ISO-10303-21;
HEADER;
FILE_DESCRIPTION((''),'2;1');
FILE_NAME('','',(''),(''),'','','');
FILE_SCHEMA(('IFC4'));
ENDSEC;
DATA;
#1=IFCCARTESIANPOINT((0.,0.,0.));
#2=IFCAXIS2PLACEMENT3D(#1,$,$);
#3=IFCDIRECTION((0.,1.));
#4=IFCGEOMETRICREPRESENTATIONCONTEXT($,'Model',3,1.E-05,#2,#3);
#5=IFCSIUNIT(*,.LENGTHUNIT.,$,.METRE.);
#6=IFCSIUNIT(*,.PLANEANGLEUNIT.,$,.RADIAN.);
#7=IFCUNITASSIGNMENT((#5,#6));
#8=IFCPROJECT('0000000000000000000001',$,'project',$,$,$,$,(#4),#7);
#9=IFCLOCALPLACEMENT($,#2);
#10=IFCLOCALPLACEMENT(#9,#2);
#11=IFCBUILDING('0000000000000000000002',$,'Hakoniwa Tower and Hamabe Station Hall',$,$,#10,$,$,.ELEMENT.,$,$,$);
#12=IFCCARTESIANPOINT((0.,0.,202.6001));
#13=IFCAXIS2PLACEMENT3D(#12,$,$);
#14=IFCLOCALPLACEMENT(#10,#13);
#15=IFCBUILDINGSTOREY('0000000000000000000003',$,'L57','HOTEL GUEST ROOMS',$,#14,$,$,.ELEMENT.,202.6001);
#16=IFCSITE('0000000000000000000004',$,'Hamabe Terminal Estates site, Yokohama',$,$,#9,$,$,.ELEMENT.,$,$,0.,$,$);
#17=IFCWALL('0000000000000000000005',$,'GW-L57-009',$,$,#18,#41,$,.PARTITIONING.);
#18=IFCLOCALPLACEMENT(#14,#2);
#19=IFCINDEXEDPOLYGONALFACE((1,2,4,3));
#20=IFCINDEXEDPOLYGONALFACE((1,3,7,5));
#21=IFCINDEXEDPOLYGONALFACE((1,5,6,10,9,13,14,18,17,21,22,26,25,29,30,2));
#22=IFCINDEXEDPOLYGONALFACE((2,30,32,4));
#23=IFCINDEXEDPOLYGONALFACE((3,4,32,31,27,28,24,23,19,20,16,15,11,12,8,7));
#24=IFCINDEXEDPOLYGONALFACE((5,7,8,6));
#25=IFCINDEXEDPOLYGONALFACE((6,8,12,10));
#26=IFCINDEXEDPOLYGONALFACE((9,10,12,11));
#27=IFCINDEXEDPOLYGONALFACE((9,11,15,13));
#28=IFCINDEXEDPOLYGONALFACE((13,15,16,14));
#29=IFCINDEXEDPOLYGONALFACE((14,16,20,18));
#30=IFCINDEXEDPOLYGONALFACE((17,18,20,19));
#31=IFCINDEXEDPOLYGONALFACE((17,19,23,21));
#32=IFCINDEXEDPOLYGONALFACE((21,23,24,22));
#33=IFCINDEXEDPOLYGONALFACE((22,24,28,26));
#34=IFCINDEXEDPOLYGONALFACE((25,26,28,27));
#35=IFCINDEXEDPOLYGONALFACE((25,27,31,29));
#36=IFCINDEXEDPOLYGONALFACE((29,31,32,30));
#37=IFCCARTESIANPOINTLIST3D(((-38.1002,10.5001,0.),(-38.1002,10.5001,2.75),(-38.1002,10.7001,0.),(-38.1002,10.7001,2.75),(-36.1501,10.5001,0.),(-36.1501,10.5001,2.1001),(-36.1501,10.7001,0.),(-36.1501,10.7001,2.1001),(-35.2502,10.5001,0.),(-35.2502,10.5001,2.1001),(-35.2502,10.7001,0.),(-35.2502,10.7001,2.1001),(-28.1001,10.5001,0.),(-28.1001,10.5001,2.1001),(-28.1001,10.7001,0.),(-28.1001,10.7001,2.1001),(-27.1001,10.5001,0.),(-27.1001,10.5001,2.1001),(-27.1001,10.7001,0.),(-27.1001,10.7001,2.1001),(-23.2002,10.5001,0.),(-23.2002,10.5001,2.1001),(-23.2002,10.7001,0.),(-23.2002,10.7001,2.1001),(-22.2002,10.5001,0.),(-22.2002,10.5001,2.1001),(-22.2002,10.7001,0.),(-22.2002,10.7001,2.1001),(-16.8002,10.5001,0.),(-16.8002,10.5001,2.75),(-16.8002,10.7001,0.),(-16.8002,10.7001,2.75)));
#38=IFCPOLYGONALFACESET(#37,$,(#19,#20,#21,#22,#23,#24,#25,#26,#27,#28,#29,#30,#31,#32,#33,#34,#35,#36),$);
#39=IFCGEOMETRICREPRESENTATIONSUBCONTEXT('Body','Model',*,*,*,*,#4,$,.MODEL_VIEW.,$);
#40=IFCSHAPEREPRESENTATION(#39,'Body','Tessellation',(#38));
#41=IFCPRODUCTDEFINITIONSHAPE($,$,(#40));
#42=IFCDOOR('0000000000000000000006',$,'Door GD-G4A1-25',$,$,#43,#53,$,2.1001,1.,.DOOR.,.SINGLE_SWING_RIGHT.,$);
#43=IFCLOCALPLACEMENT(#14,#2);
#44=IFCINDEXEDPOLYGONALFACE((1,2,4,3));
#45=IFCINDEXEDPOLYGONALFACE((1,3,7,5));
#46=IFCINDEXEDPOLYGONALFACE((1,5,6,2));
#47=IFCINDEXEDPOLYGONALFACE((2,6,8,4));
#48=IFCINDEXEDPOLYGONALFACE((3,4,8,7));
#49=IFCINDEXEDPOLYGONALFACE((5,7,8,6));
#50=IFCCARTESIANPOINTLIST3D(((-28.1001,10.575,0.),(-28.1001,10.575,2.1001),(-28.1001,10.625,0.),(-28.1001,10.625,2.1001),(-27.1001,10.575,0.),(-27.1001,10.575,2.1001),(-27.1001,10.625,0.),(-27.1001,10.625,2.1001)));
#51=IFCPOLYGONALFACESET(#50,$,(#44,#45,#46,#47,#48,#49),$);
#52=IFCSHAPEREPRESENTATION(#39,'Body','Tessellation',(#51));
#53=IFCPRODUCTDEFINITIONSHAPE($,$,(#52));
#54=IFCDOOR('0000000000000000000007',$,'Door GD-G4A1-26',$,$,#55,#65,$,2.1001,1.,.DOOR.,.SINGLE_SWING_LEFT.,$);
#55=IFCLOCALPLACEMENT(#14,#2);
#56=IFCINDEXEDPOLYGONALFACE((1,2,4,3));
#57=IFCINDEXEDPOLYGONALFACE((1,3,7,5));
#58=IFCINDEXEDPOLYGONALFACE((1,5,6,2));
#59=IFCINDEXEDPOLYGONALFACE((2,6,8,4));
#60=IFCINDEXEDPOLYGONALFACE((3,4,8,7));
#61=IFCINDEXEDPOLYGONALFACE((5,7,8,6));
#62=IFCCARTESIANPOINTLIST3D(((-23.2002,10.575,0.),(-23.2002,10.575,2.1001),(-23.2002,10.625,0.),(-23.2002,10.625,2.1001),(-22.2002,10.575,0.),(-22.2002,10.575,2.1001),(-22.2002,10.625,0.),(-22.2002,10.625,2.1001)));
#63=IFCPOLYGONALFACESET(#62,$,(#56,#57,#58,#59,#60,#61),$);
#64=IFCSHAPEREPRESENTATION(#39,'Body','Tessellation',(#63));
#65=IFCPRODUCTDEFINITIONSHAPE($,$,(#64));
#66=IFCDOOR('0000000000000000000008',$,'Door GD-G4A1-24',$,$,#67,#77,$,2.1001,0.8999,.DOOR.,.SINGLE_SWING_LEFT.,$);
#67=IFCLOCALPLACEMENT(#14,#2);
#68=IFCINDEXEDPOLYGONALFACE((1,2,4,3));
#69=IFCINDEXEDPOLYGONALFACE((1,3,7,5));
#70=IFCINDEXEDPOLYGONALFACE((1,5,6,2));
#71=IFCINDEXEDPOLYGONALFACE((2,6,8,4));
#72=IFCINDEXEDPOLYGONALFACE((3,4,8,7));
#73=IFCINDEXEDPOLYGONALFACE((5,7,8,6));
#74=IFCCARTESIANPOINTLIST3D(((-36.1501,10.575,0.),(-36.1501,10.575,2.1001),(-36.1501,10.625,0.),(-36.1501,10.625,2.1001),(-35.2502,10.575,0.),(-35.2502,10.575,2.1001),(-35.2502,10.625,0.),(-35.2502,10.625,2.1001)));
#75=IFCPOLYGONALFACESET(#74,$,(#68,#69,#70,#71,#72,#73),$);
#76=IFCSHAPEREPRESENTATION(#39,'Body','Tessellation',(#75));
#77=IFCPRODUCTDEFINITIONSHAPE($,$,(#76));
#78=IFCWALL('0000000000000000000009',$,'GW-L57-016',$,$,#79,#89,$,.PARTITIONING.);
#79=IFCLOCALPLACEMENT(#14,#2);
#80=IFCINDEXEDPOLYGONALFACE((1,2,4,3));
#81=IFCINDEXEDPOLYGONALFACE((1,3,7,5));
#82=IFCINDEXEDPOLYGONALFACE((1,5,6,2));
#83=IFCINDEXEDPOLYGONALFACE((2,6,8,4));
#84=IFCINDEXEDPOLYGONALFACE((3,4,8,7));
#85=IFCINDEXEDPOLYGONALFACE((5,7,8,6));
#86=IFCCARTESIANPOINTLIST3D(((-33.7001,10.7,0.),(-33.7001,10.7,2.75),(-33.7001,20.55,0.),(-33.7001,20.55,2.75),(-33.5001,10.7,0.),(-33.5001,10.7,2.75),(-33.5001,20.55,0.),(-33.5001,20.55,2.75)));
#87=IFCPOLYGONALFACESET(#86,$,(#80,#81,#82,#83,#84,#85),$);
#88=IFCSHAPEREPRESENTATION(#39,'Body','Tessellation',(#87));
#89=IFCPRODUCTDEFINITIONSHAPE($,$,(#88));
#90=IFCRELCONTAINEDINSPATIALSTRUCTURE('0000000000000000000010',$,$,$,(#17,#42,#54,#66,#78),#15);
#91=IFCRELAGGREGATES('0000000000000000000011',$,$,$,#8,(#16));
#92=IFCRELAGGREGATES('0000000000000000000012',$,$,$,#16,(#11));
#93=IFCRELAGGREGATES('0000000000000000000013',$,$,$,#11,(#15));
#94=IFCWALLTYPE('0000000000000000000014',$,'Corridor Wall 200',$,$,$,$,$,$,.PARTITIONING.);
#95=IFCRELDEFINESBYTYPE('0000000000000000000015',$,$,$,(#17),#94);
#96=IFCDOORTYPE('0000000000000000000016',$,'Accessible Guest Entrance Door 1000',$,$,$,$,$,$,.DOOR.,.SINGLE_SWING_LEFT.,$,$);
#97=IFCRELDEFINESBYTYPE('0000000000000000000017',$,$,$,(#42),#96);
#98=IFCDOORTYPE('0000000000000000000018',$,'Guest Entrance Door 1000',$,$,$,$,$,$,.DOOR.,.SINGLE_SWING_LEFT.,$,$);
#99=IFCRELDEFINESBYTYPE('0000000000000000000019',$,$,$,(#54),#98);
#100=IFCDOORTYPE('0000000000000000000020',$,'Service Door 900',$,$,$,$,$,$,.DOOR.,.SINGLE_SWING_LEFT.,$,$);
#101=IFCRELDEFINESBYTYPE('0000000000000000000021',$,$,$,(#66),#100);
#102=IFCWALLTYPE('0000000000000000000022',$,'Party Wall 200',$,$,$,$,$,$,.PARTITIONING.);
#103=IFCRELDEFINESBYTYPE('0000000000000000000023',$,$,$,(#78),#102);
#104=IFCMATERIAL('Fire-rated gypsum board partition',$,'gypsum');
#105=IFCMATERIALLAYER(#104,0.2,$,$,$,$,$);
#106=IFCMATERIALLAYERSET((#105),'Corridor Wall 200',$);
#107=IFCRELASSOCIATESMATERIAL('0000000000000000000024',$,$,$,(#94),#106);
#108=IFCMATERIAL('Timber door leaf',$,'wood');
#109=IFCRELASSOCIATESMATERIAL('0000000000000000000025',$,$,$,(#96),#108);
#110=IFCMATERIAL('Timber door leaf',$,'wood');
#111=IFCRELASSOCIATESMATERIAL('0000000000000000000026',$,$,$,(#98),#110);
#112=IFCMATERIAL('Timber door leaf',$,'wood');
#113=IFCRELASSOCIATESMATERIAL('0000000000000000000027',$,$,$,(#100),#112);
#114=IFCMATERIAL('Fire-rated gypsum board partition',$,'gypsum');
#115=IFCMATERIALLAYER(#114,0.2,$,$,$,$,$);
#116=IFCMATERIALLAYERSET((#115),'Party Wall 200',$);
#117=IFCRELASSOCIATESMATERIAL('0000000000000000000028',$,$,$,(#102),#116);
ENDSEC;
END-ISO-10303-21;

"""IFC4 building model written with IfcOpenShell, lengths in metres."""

from ifc_helpers import new_model, si_unit, direction, frame, frame_2d, origin, place, context, subcontext, project, spatial, rectangle, extrude, material, layer, layer_set, type_object, element, fill, save


model = new_model("IFC4")

# Units and contexts
model_context = context("Model", 3, precision=1e-05, world=origin(), true_north=direction((0.0, 1.0)))
body_context = subcontext(model_context, "Body", "Model", "MODEL_VIEW")
ifc_project = project(units=[si_unit("LENGTHUNIT", "METRE"), si_unit("PLANEANGLEUNIT", "RADIAN")], contexts=[model_context])

# Site, building, storey
site_placement = place(None, origin())
site = spatial("IfcSite", under=ifc_project, at=site_placement, Name="Hamabe Terminal Estates site, Yokohama", CompositionType="ELEMENT", RefElevation=0.0)
building_placement = place(site_placement, origin())
building = spatial("IfcBuilding", under=site, at=building_placement, Name="Hakoniwa Tower and Hamabe Station Hall", CompositionType="ELEMENT")
storey_placement = place(building_placement, frame((0.0, 0.0, 202.6001)))
storey = spatial("IfcBuildingStorey", under=building, at=storey_placement, Name="L57", Description="HOTEL GUEST ROOMS", CompositionType="ELEMENT", Elevation=202.6001)

# Wall, openings, doors
ifc_material_1 = material(Name="Fire-rated gypsum board partition", Category="gypsum")
ifc_layer_1 = layer(ifc_material_1, 0.2)
ifc_layer_set_1 = layer_set([ifc_layer_1], Name="Corridor Wall 200")
wall_type_1 = type_object("IfcWallType", Name="Corridor Wall 200", PredefinedType="PARTITIONING", material=ifc_layer_set_1)
wall_1_placement = place(storey_placement, frame((-38.1001, 10.6001, 0.0), z_axis=(0.0, 0.0, 1.0), x_axis=(1.0, 0.0, 0.0)))
wall_1 = element("IfcWall", 1, at=wall_1_placement, inside=storey, type_object=wall_type_1, Name="GW-L57-009", PredefinedType="PARTITIONING", context=body_context, shape_type="SweptSolid", body=[
    extrude(rectangle(XDim=21.3, YDim=0.2, at=frame_2d((10.6499, 0.0))), origin(), (0.0, 0.0, 1.0), 2.75),
])
opening_1_placement = place(wall_1_placement, frame((1.95, 0.0, 0.0)))
opening_1 = element("IfcOpeningElement", 2, at=opening_1_placement, cuts=wall_1, PredefinedType="OPENING", context=body_context, shape_type="SweptSolid", body=[
    extrude(rectangle(XDim=0.8999, YDim=2.1001, at=frame_2d((0.45, 1.05))), frame((0.0, 0.1099, 0.0), z_axis=(0.0, -1.0, 0.0), x_axis=(1.0, 0.0, 0.0)), (0.0, 0.0, 1.0), 0.22),
])
opening_2_placement = place(wall_1_placement, frame((10.0, 0.0, 0.0)))
opening_2 = element("IfcOpeningElement", 3, at=opening_2_placement, cuts=wall_1, PredefinedType="OPENING", context=body_context, shape_type="SweptSolid", body=[
    extrude(rectangle(XDim=1.0, YDim=2.1001, at=frame_2d((0.5, 1.05))), frame((0.0, 0.1099, 0.0), z_axis=(0.0, -1.0, 0.0), x_axis=(1.0, 0.0, 0.0)), (0.0, 0.0, 1.0), 0.22),
])
opening_3_placement = place(wall_1_placement, frame((14.8999, 0.0, 0.0)))
opening_3 = element("IfcOpeningElement", 4, at=opening_3_placement, cuts=wall_1, PredefinedType="OPENING", context=body_context, shape_type="SweptSolid", body=[
    extrude(rectangle(XDim=1.0, YDim=2.1001, at=frame_2d((0.5, 1.05))), frame((0.0, 0.1099, 0.0), z_axis=(0.0, -1.0, 0.0), x_axis=(1.0, 0.0, 0.0)), (0.0, 0.0, 1.0), 0.22),
])
ifc_material_2 = material(Name="Timber door leaf", Category="wood")
door_type_1 = type_object("IfcDoorType", Name="Accessible Guest Entrance Door 1000", OperationType="SINGLE_SWING_LEFT", PredefinedType="DOOR", material=ifc_material_2)
door_1_placement = place(opening_2_placement, origin())
door_1 = element("IfcDoor", 5, at=door_1_placement, inside=storey, type_object=door_type_1, Name="Door GD-G4A1-25", OperationType="SINGLE_SWING_RIGHT", OverallHeight=2.1001, OverallWidth=1.0, PredefinedType="DOOR", context=body_context, shape_type="SweptSolid", body=[
    extrude(rectangle(XDim=1.0, YDim=2.1001, at=frame_2d((0.5, 1.05))), frame((0.0, 0.0249, 0.0), z_axis=(0.0, -1.0, 0.0), x_axis=(1.0, 0.0, 0.0)), (0.0, 0.0, 1.0), 0.05),
])
fill(opening_2, door_1)
ifc_material_3 = material(Name="Timber door leaf", Category="wood")
door_type_2 = type_object("IfcDoorType", Name="Guest Entrance Door 1000", OperationType="SINGLE_SWING_LEFT", PredefinedType="DOOR", material=ifc_material_3)
door_2_placement = place(opening_3_placement, origin())
door_2 = element("IfcDoor", 6, at=door_2_placement, inside=storey, type_object=door_type_2, Name="Door GD-G4A1-26", OperationType="SINGLE_SWING_LEFT", OverallHeight=2.1001, OverallWidth=1.0, PredefinedType="DOOR", context=body_context, shape_type="SweptSolid", body=[
    extrude(rectangle(XDim=1.0, YDim=2.1001, at=frame_2d((0.5, 1.05))), frame((0.0, 0.0249, 0.0), z_axis=(0.0, -1.0, 0.0), x_axis=(1.0, 0.0, 0.0)), (0.0, 0.0, 1.0), 0.05),
])
fill(opening_3, door_2)
ifc_material_4 = material(Name="Timber door leaf", Category="wood")
door_type_3 = type_object("IfcDoorType", Name="Service Door 900", OperationType="SINGLE_SWING_LEFT", PredefinedType="DOOR", material=ifc_material_4)
door_3_placement = place(opening_1_placement, origin())
door_3 = element("IfcDoor", 7, at=door_3_placement, inside=storey, type_object=door_type_3, Name="Door GD-G4A1-24", OperationType="SINGLE_SWING_LEFT", OverallHeight=2.1001, OverallWidth=0.8999, PredefinedType="DOOR", context=body_context, shape_type="SweptSolid", body=[
    extrude(rectangle(XDim=0.8999, YDim=2.1001, at=frame_2d((0.45, 1.05))), frame((0.0, 0.0249, 0.0), z_axis=(0.0, -1.0, 0.0), x_axis=(1.0, 0.0, 0.0)), (0.0, 0.0, 1.0), 0.05),
])
fill(opening_1, door_3)

# Wall
ifc_material_5 = material(Name="Fire-rated gypsum board partition", Category="gypsum")
ifc_layer_2 = layer(ifc_material_5, 0.2)
ifc_layer_set_2 = layer_set([ifc_layer_2], Name="Party Wall 200")
wall_type_2 = type_object("IfcWallType", Name="Party Wall 200", PredefinedType="PARTITIONING", material=ifc_layer_set_2)
wall_2_placement = place(storey_placement, frame((-33.6001, 10.7, 0.0), z_axis=(0.0, 0.0, 1.0), x_axis=(0.0, 1.0, 0.0)))
element("IfcWall", 8, at=wall_2_placement, inside=storey, type_object=wall_type_2, Name="GW-L57-016", PredefinedType="PARTITIONING", context=body_context, shape_type="SweptSolid", body=[
    extrude(rectangle(XDim=9.8501, YDim=0.2, at=frame_2d((4.925, 0.0))), origin(), (0.0, 0.0, 1.0), 2.75),
])

save(model, "model.ifc")
